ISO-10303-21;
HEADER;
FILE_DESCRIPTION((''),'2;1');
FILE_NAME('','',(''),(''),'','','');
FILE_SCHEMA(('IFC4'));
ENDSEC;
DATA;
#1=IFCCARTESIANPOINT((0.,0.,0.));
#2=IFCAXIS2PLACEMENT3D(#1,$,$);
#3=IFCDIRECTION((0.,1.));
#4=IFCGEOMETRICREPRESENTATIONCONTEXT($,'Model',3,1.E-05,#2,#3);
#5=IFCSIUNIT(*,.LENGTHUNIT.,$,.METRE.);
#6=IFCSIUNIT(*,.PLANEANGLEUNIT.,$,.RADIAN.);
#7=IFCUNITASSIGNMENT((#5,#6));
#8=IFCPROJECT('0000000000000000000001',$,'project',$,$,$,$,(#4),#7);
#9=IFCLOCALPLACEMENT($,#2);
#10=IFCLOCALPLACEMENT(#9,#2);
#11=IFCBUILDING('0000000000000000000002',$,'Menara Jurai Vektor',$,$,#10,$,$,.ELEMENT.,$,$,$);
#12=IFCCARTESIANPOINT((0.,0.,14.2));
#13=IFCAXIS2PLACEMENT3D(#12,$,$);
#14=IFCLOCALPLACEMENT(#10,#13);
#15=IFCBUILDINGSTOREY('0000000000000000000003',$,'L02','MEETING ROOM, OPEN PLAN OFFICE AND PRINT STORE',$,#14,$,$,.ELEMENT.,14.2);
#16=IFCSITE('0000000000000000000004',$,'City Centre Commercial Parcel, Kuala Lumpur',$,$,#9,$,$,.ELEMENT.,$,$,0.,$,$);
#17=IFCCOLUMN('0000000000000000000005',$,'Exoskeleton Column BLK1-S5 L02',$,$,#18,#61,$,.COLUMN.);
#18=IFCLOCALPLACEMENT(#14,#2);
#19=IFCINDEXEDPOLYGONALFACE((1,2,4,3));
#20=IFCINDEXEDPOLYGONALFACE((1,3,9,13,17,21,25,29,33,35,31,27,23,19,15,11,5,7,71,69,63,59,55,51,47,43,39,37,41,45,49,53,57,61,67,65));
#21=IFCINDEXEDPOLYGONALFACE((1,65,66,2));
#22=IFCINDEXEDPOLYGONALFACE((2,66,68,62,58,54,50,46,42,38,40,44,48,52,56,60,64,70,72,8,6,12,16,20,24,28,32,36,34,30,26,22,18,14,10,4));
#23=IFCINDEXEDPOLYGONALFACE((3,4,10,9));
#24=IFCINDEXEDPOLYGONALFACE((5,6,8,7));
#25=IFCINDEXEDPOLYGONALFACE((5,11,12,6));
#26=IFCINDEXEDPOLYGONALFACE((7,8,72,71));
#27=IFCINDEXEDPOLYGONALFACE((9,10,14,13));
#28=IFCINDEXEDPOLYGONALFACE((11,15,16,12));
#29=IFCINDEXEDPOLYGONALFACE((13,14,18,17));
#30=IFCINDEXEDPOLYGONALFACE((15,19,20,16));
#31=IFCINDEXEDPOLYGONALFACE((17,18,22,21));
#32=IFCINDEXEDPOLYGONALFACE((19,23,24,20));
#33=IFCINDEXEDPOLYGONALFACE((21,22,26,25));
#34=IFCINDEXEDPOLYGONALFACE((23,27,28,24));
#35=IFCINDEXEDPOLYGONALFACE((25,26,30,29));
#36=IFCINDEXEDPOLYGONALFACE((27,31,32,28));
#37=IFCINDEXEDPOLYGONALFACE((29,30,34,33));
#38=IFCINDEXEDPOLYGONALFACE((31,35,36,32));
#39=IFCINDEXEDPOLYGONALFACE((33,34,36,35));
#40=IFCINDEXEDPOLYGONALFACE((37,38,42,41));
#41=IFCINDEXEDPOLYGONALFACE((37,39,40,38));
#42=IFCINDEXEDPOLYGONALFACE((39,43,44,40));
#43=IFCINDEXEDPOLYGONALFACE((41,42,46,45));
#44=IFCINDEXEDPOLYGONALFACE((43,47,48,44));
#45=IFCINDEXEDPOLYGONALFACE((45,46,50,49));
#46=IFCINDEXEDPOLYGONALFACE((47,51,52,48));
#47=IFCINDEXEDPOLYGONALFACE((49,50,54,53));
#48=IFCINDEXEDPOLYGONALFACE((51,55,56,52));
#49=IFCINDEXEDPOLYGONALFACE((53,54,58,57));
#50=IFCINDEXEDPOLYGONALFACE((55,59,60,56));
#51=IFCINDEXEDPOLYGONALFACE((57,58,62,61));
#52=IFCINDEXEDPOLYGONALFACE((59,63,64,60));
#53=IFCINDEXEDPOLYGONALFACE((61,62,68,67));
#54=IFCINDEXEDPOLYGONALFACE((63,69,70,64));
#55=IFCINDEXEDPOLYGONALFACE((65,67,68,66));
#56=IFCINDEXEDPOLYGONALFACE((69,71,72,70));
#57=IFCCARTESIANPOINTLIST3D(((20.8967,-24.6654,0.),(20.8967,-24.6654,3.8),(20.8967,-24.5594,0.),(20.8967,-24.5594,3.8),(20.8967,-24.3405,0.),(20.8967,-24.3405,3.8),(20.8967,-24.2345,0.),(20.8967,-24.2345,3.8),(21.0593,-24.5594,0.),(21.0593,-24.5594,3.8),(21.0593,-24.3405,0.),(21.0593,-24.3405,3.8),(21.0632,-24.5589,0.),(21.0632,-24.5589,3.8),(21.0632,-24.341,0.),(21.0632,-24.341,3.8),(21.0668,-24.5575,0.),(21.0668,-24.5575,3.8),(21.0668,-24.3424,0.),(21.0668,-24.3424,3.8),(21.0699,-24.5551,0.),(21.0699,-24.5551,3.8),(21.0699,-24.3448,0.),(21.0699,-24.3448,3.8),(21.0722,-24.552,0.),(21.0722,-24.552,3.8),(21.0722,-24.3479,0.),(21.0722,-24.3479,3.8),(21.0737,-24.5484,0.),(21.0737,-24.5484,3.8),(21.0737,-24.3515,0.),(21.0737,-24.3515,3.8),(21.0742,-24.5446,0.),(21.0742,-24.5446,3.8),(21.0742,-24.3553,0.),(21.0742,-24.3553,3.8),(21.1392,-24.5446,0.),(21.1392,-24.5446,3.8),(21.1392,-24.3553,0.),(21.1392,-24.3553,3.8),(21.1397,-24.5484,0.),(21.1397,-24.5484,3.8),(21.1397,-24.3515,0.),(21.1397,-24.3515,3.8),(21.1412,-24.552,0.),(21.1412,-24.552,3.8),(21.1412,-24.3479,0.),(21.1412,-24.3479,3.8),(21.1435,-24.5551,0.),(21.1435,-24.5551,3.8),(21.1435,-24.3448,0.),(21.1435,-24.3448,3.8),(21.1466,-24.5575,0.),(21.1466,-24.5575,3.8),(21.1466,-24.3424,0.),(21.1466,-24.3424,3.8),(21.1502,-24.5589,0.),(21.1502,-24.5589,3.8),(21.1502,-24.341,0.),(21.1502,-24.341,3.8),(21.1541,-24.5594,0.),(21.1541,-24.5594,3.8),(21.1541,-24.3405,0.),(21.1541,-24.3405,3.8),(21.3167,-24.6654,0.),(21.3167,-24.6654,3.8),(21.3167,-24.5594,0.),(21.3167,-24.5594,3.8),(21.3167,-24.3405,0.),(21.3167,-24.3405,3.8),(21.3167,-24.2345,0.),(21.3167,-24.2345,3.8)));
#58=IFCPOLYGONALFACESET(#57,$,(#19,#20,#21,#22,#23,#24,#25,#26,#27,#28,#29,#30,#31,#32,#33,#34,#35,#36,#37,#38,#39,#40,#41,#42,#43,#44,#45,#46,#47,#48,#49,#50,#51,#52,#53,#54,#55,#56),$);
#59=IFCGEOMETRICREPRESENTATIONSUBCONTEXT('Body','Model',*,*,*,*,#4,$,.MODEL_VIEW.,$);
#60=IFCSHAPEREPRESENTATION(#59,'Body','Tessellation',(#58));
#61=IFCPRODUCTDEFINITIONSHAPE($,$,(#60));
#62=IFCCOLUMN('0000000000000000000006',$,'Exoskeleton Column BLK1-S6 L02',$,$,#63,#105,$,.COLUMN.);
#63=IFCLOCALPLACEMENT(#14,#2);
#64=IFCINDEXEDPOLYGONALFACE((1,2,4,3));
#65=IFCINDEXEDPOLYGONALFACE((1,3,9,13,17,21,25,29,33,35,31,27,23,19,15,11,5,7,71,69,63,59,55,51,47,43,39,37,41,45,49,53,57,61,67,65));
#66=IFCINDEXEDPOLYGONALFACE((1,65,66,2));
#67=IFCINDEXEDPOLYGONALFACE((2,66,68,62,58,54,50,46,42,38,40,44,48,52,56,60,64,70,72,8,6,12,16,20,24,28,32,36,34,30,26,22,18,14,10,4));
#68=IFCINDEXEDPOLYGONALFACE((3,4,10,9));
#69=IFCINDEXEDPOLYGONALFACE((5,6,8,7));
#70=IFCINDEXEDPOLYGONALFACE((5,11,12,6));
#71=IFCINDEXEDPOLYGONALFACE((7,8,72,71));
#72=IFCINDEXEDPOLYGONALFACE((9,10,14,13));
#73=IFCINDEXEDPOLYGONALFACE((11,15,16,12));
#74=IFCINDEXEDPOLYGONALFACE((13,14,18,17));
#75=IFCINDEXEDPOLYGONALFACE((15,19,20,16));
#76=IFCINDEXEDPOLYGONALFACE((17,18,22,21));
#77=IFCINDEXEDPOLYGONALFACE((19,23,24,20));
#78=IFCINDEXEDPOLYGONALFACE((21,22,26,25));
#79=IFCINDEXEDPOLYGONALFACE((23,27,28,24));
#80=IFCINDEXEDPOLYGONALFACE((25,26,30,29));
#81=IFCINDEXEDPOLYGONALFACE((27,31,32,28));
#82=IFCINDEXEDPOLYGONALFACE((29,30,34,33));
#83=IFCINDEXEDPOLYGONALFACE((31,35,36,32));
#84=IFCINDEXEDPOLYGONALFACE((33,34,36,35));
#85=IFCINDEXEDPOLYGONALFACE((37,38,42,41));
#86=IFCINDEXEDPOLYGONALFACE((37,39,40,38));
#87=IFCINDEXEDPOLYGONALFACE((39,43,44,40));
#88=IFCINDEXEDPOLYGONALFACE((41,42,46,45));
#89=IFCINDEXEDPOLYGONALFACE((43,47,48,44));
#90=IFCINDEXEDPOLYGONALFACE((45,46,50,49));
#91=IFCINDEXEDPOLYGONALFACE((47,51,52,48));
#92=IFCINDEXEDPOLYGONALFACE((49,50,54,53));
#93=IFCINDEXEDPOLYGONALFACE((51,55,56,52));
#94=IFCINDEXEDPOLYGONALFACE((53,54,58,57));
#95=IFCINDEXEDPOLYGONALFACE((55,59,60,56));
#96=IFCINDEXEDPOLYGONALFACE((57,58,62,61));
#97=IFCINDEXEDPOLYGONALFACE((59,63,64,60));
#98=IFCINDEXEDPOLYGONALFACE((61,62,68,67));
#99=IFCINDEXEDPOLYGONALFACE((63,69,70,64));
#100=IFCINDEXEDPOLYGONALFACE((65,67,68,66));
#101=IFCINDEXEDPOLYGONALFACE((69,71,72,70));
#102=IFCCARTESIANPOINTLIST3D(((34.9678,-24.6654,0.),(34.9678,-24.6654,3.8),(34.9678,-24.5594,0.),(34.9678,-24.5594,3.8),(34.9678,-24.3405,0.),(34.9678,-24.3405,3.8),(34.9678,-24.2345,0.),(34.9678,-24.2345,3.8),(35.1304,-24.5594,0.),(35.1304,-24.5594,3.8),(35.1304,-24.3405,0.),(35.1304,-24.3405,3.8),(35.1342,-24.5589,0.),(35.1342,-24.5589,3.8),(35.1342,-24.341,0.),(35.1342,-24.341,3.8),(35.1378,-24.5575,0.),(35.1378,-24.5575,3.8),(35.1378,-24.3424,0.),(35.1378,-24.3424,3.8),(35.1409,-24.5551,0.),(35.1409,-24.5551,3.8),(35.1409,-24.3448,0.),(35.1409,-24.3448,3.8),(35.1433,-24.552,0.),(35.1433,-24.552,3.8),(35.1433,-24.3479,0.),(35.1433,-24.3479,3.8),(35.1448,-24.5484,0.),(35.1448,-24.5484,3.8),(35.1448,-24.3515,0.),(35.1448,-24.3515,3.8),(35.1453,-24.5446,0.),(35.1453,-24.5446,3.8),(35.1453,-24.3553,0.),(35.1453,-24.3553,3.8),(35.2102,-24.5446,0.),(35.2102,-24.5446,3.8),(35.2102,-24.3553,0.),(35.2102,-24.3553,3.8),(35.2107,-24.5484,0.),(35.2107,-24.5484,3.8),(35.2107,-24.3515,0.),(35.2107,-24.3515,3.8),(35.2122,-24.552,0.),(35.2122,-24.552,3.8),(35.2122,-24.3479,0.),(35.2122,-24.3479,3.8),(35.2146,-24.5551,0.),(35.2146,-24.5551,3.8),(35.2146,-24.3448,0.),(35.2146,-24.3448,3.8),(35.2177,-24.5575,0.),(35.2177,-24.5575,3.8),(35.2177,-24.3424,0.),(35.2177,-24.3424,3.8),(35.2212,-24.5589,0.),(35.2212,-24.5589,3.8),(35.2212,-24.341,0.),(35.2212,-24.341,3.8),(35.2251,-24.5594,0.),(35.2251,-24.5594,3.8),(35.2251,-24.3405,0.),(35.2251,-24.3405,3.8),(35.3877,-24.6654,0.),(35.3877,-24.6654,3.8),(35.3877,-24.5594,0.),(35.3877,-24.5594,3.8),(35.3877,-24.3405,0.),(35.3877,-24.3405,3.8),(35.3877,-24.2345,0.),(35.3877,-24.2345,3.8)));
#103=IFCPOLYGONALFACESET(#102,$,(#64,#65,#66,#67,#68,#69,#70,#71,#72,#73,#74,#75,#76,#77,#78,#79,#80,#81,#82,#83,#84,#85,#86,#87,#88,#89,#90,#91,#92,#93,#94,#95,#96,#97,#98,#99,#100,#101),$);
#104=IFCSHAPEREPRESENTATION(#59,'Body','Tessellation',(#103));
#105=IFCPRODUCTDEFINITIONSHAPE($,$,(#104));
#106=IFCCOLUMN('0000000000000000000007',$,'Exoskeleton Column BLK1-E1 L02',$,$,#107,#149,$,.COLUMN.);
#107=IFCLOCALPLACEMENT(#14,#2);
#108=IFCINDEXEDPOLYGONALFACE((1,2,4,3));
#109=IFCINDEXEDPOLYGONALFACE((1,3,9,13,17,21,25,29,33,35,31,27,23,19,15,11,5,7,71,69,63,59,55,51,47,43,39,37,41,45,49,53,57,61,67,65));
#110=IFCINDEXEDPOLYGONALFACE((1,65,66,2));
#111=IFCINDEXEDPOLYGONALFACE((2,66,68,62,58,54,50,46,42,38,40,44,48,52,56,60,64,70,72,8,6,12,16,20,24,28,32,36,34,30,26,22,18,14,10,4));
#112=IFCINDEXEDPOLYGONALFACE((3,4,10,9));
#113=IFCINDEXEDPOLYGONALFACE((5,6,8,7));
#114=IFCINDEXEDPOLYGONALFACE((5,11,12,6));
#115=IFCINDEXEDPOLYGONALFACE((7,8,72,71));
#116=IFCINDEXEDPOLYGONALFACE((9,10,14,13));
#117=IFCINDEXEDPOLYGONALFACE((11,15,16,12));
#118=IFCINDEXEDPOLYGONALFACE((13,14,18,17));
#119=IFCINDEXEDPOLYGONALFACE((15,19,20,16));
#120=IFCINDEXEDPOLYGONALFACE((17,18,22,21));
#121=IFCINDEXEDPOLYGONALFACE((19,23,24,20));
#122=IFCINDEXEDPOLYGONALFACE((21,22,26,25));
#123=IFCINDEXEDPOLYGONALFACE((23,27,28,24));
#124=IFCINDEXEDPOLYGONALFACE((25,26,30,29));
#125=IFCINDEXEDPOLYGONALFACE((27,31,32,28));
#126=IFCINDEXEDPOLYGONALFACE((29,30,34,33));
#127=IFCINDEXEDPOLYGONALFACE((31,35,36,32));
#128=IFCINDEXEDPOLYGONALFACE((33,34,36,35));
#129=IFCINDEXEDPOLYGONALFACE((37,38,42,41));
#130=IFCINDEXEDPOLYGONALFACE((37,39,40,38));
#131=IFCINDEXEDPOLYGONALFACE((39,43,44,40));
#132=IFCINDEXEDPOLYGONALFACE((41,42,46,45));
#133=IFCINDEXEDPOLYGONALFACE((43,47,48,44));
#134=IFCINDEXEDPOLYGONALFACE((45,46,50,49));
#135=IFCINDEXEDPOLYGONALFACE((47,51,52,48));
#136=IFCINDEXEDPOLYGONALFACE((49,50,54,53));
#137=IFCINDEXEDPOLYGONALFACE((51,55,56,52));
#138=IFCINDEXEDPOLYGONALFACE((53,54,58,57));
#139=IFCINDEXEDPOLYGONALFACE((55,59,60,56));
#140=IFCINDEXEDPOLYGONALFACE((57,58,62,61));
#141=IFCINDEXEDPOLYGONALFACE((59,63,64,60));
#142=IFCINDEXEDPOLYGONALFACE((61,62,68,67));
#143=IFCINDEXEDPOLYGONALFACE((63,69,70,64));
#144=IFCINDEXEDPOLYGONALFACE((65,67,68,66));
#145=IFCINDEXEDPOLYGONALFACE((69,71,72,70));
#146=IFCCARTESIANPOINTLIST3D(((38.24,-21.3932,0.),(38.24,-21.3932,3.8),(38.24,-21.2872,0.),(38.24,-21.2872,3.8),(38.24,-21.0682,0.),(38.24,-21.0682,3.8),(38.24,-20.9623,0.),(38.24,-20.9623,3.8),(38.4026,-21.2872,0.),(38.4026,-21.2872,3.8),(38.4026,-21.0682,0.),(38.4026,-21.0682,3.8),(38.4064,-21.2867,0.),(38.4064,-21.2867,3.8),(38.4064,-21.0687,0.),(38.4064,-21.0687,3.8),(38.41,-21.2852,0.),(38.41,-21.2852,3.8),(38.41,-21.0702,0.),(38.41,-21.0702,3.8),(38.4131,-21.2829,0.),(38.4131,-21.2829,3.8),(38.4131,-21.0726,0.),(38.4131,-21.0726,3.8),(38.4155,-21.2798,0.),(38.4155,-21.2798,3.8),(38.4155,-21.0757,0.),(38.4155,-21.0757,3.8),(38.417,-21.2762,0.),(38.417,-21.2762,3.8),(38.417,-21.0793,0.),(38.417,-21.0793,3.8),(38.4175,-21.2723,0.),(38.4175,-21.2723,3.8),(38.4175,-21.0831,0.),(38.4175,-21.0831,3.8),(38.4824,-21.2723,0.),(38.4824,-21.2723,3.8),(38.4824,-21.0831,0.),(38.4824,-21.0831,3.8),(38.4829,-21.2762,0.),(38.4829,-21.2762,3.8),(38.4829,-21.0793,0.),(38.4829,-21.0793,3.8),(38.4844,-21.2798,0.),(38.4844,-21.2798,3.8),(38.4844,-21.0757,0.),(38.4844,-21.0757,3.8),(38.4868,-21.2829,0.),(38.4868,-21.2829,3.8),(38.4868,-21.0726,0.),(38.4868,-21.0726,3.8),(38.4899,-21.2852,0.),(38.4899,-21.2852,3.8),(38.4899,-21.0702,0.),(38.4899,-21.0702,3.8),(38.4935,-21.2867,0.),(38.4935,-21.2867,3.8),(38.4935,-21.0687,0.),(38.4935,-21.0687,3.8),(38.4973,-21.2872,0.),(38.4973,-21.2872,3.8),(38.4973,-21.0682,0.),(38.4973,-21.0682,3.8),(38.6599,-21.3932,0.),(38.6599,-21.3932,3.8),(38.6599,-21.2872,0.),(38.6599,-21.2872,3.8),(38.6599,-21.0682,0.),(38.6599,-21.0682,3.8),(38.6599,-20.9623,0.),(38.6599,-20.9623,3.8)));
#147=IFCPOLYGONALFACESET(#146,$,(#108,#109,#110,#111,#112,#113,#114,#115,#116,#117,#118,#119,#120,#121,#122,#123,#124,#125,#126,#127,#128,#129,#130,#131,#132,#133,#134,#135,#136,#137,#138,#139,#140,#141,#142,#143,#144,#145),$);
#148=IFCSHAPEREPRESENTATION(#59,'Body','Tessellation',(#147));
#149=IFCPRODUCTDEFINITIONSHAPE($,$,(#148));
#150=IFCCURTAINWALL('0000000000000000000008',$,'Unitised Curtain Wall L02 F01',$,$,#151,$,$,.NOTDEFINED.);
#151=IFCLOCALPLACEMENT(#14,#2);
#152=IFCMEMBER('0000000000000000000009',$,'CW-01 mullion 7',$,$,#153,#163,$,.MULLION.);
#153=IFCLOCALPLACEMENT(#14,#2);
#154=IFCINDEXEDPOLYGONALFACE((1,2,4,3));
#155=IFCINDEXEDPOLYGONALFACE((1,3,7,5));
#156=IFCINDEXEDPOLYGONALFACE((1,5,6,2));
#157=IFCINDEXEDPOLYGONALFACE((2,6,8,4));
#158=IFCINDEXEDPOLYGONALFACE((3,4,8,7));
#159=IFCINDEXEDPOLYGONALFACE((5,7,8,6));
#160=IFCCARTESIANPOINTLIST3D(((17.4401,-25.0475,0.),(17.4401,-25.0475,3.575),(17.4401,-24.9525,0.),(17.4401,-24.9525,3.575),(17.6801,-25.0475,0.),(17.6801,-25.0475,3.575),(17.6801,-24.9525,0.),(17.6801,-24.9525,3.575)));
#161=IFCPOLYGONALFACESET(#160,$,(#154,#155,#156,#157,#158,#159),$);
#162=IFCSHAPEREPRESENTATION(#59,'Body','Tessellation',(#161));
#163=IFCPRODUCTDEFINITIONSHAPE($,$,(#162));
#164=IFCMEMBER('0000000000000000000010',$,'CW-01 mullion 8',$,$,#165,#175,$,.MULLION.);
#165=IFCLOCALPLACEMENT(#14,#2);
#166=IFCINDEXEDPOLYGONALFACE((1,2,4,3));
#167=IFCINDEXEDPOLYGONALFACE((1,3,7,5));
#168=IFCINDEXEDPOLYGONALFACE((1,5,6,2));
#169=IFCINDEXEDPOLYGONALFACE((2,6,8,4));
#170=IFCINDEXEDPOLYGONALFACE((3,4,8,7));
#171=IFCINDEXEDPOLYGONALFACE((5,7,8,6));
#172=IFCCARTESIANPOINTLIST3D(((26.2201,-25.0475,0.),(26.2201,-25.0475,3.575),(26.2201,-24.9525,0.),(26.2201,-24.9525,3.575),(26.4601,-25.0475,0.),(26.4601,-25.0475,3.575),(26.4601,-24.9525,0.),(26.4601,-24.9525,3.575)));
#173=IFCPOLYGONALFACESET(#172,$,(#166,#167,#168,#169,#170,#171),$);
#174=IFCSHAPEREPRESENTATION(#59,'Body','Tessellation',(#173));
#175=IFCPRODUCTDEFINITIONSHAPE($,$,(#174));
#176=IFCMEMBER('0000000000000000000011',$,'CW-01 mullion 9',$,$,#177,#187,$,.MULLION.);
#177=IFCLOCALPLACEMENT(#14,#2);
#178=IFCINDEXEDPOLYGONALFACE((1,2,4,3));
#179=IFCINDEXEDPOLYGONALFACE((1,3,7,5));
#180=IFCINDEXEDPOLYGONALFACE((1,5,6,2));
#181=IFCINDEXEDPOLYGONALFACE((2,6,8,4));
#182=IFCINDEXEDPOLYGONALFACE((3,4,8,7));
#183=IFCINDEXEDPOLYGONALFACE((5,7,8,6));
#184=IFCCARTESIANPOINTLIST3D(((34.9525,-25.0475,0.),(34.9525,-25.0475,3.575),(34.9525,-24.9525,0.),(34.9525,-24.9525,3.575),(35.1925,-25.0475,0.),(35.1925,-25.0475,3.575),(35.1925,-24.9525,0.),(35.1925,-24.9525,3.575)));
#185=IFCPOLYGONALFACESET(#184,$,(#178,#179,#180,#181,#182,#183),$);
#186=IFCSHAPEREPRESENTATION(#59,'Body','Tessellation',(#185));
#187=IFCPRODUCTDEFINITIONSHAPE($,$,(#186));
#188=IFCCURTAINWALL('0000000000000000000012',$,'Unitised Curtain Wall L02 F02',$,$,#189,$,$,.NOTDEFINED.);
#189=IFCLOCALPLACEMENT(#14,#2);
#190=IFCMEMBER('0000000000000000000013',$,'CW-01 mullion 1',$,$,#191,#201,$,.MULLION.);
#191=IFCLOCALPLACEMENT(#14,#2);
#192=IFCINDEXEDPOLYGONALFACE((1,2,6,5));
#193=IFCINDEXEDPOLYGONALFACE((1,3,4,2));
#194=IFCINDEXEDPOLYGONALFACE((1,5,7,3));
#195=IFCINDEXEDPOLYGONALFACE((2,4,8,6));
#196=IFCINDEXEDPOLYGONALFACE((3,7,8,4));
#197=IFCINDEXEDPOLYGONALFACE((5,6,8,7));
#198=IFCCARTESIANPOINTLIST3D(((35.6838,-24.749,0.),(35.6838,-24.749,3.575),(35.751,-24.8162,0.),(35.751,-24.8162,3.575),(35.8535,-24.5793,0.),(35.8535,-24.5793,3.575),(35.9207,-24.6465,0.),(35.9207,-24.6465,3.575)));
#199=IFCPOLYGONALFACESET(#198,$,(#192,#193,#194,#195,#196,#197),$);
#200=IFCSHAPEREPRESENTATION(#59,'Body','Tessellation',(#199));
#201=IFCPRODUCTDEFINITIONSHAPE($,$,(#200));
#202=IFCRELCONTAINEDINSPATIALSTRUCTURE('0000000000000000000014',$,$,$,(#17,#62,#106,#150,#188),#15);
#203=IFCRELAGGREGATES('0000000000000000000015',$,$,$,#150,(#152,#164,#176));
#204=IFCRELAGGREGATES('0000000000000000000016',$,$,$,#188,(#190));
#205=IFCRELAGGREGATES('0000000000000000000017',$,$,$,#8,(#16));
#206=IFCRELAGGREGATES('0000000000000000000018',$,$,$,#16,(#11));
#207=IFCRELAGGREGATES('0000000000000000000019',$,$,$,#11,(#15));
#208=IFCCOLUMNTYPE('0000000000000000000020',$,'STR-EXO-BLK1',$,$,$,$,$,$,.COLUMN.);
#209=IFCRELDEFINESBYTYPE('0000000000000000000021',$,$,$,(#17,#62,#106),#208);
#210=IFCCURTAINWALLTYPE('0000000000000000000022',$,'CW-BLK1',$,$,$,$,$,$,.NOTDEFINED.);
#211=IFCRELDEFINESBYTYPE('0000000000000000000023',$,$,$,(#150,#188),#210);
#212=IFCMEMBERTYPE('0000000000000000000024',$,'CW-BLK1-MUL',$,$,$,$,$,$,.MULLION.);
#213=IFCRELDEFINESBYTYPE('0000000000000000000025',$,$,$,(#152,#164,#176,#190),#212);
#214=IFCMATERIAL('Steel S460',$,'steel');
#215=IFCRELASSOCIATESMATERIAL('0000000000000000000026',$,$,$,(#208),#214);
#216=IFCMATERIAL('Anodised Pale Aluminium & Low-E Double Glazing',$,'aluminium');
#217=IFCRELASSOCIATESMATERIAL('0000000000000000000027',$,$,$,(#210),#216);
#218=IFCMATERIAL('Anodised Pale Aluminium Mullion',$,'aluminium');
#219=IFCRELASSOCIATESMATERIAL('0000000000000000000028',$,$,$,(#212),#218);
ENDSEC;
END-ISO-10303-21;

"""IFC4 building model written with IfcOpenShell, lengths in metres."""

from ifc_helpers import new_model, si_unit, direction, frame, origin, origin_2d, place, context, subcontext, project, spatial, rectangle, i_section, extrude, material, material_profile, profile_set, type_object, element, aggregate, save


model = new_model("IFC4")

# Units and contexts
model_context = context("Model", 3, precision=1e-05, world=origin(), true_north=direction((0.0, 1.0)))
body_context = subcontext(model_context, "Body", "Model", "MODEL_VIEW")
ifc_project = project(units=[si_unit("LENGTHUNIT", "METRE"), si_unit("PLANEANGLEUNIT", "RADIAN")], contexts=[model_context])

# Site, building, storey
site_placement = place(None, origin())
site = spatial("IfcSite", under=ifc_project, at=site_placement, Name="City Centre Commercial Parcel, Kuala Lumpur", CompositionType="ELEMENT", RefElevation=0.0)
building_placement = place(site_placement, origin())
building = spatial("IfcBuilding", under=site, at=building_placement, Name="Menara Jurai Vektor", CompositionType="ELEMENT")
storey_placement = place(building_placement, frame((0.0, 0.0, 14.2)))
storey = spatial("IfcBuildingStorey", under=building, at=storey_placement, Name="L02", Description="MEETING ROOM, OPEN PLAN OFFICE AND PRINT STORE", CompositionType="ELEMENT", Elevation=14.2)

# Columns
ifc_material_1 = material(Name="Steel S460", Category="steel")
ifc_material_profile_1 = material_profile(ifc_material_1, i_section(OverallWidth=0.4199, OverallDepth=0.4309, WebThickness=0.0649, FlangeThickness=0.106, FilletRadius=0.0149, at=origin_2d()), Name="HD 400x900")
ifc_profile_set_1 = profile_set([ifc_material_profile_1], Name="Steel S460")
column_type = type_object("IfcColumnType", Name="STR-EXO-BLK1", PredefinedType="COLUMN", material=ifc_profile_set_1)
for number, where, z_axis, x_axis, name in (
    (1, (21.1067, -24.45, 0.0), (0.0, 0.0, 1.0), (1.0, 0.0, 0.0), "Exoskeleton Column BLK1-S5 L02"),
    (2, (35.1777, -24.45, 0.0), (0.0, 0.0, 1.0), (1.0, 0.0, 0.0), "Exoskeleton Column BLK1-S6 L02"),
    (3, (38.45, -21.1777, 0.0), (0.0, 0.0, 1.0), (1.0, 0.0, 0.0), "Exoskeleton Column BLK1-E1 L02"),
):
    element("IfcColumn", number, at=place(storey_placement, frame(where, z_axis=z_axis, x_axis=x_axis)), inside=storey, type_object=column_type, Name=name, PredefinedType="COLUMN", context=body_context, shape_type="SweptSolid", body=[
        extrude(i_section(OverallWidth=0.4199, OverallDepth=0.4309, WebThickness=0.0649, FlangeThickness=0.106, FilletRadius=0.0149, at=origin_2d()), origin(), (0.0, 0.0, 1.0), 3.8),
    ])

# Curtain walls, members
ifc_material_2 = material(Name="Anodised Pale Aluminium & Low-E Double Glazing", Category="aluminium")
curtain_wall_type = type_object("IfcCurtainWallType", Name="CW-BLK1", PredefinedType="NOTDEFINED", material=ifc_material_2)
curtain_wall_1_placement = place(storey_placement, origin())
curtain_wall_1 = element("IfcCurtainWall", 4, at=curtain_wall_1_placement, inside=storey, type_object=curtain_wall_type, Name="Unitised Curtain Wall L02 F01", PredefinedType="NOTDEFINED")
ifc_material_3 = material(Name="Anodised Pale Aluminium Mullion", Category="aluminium")
ifc_material_profile_2 = material_profile(ifc_material_3, rectangle(XDim=0.095, YDim=0.24, at=origin_2d()), Name="ALU MUL 95x240")
ifc_profile_set_2 = profile_set([ifc_material_profile_2], Name="Anodised Pale Aluminium Mullion")
member_type_1 = type_object("IfcMemberType", Name="CW-BLK1-MUL", PredefinedType="MULLION", material=ifc_profile_set_2)
member_1_placement = place(storey_placement, frame((17.5601, -25.0, 0.0), z_axis=(0.0, 0.0, 1.0), x_axis=(0.0, 1.0, 0.0)))
member_1 = element("IfcMember", 5, at=member_1_placement, type_object=member_type_1, Name="CW-01 mullion 7", PredefinedType="MULLION", context=body_context, shape_type="SweptSolid", body=[
    extrude(rectangle(XDim=0.095, YDim=0.24, at=origin_2d()), origin(), (0.0, 0.0, 1.0), 3.575),
])
member_2_placement = place(storey_placement, frame((26.3401, -25.0, 0.0), z_axis=(0.0, 0.0, 1.0), x_axis=(0.0, 1.0, 0.0)))
member_2 = element("IfcMember", 6, at=member_2_placement, type_object=member_type_1, Name="CW-01 mullion 8", PredefinedType="MULLION", context=body_context, shape_type="SweptSolid", body=[
    extrude(rectangle(XDim=0.095, YDim=0.24, at=origin_2d()), origin(), (0.0, 0.0, 1.0), 3.575),
])
member_3_placement = place(storey_placement, frame((35.0725, -25.0, 0.0), z_axis=(0.0, 0.0, 1.0), x_axis=(0.0, 1.0, 0.0)))
member_3 = element("IfcMember", 7, at=member_3_placement, type_object=member_type_1, Name="CW-01 mullion 9", PredefinedType="MULLION", context=body_context, shape_type="SweptSolid", body=[
    extrude(rectangle(XDim=0.095, YDim=0.24, at=origin_2d()), origin(), (0.0, 0.0, 1.0), 3.575),
])
curtain_wall_2_placement = place(storey_placement, origin())
curtain_wall_2 = element("IfcCurtainWall", 8, at=curtain_wall_2_placement, inside=storey, type_object=curtain_wall_type, Name="Unitised Curtain Wall L02 F02", PredefinedType="NOTDEFINED")
member_4_placement = place(storey_placement, frame((35.8022, -24.6978, 0.0), z_axis=(0.0, 0.0, 1.0), x_axis=(-0.707107, 0.707107, 0.0)))
member_4 = element("IfcMember", 9, at=member_4_placement, type_object=member_type_1, Name="CW-01 mullion 1", PredefinedType="MULLION", context=body_context, shape_type="SweptSolid", body=[
    extrude(rectangle(XDim=0.095, YDim=0.24, at=origin_2d()), origin(), (0.0, 0.0, 1.0), 3.575),
])

aggregate(curtain_wall_1, [member_1, member_2, member_3])
aggregate(curtain_wall_2, [member_4])

save(model, "model.ifc")
